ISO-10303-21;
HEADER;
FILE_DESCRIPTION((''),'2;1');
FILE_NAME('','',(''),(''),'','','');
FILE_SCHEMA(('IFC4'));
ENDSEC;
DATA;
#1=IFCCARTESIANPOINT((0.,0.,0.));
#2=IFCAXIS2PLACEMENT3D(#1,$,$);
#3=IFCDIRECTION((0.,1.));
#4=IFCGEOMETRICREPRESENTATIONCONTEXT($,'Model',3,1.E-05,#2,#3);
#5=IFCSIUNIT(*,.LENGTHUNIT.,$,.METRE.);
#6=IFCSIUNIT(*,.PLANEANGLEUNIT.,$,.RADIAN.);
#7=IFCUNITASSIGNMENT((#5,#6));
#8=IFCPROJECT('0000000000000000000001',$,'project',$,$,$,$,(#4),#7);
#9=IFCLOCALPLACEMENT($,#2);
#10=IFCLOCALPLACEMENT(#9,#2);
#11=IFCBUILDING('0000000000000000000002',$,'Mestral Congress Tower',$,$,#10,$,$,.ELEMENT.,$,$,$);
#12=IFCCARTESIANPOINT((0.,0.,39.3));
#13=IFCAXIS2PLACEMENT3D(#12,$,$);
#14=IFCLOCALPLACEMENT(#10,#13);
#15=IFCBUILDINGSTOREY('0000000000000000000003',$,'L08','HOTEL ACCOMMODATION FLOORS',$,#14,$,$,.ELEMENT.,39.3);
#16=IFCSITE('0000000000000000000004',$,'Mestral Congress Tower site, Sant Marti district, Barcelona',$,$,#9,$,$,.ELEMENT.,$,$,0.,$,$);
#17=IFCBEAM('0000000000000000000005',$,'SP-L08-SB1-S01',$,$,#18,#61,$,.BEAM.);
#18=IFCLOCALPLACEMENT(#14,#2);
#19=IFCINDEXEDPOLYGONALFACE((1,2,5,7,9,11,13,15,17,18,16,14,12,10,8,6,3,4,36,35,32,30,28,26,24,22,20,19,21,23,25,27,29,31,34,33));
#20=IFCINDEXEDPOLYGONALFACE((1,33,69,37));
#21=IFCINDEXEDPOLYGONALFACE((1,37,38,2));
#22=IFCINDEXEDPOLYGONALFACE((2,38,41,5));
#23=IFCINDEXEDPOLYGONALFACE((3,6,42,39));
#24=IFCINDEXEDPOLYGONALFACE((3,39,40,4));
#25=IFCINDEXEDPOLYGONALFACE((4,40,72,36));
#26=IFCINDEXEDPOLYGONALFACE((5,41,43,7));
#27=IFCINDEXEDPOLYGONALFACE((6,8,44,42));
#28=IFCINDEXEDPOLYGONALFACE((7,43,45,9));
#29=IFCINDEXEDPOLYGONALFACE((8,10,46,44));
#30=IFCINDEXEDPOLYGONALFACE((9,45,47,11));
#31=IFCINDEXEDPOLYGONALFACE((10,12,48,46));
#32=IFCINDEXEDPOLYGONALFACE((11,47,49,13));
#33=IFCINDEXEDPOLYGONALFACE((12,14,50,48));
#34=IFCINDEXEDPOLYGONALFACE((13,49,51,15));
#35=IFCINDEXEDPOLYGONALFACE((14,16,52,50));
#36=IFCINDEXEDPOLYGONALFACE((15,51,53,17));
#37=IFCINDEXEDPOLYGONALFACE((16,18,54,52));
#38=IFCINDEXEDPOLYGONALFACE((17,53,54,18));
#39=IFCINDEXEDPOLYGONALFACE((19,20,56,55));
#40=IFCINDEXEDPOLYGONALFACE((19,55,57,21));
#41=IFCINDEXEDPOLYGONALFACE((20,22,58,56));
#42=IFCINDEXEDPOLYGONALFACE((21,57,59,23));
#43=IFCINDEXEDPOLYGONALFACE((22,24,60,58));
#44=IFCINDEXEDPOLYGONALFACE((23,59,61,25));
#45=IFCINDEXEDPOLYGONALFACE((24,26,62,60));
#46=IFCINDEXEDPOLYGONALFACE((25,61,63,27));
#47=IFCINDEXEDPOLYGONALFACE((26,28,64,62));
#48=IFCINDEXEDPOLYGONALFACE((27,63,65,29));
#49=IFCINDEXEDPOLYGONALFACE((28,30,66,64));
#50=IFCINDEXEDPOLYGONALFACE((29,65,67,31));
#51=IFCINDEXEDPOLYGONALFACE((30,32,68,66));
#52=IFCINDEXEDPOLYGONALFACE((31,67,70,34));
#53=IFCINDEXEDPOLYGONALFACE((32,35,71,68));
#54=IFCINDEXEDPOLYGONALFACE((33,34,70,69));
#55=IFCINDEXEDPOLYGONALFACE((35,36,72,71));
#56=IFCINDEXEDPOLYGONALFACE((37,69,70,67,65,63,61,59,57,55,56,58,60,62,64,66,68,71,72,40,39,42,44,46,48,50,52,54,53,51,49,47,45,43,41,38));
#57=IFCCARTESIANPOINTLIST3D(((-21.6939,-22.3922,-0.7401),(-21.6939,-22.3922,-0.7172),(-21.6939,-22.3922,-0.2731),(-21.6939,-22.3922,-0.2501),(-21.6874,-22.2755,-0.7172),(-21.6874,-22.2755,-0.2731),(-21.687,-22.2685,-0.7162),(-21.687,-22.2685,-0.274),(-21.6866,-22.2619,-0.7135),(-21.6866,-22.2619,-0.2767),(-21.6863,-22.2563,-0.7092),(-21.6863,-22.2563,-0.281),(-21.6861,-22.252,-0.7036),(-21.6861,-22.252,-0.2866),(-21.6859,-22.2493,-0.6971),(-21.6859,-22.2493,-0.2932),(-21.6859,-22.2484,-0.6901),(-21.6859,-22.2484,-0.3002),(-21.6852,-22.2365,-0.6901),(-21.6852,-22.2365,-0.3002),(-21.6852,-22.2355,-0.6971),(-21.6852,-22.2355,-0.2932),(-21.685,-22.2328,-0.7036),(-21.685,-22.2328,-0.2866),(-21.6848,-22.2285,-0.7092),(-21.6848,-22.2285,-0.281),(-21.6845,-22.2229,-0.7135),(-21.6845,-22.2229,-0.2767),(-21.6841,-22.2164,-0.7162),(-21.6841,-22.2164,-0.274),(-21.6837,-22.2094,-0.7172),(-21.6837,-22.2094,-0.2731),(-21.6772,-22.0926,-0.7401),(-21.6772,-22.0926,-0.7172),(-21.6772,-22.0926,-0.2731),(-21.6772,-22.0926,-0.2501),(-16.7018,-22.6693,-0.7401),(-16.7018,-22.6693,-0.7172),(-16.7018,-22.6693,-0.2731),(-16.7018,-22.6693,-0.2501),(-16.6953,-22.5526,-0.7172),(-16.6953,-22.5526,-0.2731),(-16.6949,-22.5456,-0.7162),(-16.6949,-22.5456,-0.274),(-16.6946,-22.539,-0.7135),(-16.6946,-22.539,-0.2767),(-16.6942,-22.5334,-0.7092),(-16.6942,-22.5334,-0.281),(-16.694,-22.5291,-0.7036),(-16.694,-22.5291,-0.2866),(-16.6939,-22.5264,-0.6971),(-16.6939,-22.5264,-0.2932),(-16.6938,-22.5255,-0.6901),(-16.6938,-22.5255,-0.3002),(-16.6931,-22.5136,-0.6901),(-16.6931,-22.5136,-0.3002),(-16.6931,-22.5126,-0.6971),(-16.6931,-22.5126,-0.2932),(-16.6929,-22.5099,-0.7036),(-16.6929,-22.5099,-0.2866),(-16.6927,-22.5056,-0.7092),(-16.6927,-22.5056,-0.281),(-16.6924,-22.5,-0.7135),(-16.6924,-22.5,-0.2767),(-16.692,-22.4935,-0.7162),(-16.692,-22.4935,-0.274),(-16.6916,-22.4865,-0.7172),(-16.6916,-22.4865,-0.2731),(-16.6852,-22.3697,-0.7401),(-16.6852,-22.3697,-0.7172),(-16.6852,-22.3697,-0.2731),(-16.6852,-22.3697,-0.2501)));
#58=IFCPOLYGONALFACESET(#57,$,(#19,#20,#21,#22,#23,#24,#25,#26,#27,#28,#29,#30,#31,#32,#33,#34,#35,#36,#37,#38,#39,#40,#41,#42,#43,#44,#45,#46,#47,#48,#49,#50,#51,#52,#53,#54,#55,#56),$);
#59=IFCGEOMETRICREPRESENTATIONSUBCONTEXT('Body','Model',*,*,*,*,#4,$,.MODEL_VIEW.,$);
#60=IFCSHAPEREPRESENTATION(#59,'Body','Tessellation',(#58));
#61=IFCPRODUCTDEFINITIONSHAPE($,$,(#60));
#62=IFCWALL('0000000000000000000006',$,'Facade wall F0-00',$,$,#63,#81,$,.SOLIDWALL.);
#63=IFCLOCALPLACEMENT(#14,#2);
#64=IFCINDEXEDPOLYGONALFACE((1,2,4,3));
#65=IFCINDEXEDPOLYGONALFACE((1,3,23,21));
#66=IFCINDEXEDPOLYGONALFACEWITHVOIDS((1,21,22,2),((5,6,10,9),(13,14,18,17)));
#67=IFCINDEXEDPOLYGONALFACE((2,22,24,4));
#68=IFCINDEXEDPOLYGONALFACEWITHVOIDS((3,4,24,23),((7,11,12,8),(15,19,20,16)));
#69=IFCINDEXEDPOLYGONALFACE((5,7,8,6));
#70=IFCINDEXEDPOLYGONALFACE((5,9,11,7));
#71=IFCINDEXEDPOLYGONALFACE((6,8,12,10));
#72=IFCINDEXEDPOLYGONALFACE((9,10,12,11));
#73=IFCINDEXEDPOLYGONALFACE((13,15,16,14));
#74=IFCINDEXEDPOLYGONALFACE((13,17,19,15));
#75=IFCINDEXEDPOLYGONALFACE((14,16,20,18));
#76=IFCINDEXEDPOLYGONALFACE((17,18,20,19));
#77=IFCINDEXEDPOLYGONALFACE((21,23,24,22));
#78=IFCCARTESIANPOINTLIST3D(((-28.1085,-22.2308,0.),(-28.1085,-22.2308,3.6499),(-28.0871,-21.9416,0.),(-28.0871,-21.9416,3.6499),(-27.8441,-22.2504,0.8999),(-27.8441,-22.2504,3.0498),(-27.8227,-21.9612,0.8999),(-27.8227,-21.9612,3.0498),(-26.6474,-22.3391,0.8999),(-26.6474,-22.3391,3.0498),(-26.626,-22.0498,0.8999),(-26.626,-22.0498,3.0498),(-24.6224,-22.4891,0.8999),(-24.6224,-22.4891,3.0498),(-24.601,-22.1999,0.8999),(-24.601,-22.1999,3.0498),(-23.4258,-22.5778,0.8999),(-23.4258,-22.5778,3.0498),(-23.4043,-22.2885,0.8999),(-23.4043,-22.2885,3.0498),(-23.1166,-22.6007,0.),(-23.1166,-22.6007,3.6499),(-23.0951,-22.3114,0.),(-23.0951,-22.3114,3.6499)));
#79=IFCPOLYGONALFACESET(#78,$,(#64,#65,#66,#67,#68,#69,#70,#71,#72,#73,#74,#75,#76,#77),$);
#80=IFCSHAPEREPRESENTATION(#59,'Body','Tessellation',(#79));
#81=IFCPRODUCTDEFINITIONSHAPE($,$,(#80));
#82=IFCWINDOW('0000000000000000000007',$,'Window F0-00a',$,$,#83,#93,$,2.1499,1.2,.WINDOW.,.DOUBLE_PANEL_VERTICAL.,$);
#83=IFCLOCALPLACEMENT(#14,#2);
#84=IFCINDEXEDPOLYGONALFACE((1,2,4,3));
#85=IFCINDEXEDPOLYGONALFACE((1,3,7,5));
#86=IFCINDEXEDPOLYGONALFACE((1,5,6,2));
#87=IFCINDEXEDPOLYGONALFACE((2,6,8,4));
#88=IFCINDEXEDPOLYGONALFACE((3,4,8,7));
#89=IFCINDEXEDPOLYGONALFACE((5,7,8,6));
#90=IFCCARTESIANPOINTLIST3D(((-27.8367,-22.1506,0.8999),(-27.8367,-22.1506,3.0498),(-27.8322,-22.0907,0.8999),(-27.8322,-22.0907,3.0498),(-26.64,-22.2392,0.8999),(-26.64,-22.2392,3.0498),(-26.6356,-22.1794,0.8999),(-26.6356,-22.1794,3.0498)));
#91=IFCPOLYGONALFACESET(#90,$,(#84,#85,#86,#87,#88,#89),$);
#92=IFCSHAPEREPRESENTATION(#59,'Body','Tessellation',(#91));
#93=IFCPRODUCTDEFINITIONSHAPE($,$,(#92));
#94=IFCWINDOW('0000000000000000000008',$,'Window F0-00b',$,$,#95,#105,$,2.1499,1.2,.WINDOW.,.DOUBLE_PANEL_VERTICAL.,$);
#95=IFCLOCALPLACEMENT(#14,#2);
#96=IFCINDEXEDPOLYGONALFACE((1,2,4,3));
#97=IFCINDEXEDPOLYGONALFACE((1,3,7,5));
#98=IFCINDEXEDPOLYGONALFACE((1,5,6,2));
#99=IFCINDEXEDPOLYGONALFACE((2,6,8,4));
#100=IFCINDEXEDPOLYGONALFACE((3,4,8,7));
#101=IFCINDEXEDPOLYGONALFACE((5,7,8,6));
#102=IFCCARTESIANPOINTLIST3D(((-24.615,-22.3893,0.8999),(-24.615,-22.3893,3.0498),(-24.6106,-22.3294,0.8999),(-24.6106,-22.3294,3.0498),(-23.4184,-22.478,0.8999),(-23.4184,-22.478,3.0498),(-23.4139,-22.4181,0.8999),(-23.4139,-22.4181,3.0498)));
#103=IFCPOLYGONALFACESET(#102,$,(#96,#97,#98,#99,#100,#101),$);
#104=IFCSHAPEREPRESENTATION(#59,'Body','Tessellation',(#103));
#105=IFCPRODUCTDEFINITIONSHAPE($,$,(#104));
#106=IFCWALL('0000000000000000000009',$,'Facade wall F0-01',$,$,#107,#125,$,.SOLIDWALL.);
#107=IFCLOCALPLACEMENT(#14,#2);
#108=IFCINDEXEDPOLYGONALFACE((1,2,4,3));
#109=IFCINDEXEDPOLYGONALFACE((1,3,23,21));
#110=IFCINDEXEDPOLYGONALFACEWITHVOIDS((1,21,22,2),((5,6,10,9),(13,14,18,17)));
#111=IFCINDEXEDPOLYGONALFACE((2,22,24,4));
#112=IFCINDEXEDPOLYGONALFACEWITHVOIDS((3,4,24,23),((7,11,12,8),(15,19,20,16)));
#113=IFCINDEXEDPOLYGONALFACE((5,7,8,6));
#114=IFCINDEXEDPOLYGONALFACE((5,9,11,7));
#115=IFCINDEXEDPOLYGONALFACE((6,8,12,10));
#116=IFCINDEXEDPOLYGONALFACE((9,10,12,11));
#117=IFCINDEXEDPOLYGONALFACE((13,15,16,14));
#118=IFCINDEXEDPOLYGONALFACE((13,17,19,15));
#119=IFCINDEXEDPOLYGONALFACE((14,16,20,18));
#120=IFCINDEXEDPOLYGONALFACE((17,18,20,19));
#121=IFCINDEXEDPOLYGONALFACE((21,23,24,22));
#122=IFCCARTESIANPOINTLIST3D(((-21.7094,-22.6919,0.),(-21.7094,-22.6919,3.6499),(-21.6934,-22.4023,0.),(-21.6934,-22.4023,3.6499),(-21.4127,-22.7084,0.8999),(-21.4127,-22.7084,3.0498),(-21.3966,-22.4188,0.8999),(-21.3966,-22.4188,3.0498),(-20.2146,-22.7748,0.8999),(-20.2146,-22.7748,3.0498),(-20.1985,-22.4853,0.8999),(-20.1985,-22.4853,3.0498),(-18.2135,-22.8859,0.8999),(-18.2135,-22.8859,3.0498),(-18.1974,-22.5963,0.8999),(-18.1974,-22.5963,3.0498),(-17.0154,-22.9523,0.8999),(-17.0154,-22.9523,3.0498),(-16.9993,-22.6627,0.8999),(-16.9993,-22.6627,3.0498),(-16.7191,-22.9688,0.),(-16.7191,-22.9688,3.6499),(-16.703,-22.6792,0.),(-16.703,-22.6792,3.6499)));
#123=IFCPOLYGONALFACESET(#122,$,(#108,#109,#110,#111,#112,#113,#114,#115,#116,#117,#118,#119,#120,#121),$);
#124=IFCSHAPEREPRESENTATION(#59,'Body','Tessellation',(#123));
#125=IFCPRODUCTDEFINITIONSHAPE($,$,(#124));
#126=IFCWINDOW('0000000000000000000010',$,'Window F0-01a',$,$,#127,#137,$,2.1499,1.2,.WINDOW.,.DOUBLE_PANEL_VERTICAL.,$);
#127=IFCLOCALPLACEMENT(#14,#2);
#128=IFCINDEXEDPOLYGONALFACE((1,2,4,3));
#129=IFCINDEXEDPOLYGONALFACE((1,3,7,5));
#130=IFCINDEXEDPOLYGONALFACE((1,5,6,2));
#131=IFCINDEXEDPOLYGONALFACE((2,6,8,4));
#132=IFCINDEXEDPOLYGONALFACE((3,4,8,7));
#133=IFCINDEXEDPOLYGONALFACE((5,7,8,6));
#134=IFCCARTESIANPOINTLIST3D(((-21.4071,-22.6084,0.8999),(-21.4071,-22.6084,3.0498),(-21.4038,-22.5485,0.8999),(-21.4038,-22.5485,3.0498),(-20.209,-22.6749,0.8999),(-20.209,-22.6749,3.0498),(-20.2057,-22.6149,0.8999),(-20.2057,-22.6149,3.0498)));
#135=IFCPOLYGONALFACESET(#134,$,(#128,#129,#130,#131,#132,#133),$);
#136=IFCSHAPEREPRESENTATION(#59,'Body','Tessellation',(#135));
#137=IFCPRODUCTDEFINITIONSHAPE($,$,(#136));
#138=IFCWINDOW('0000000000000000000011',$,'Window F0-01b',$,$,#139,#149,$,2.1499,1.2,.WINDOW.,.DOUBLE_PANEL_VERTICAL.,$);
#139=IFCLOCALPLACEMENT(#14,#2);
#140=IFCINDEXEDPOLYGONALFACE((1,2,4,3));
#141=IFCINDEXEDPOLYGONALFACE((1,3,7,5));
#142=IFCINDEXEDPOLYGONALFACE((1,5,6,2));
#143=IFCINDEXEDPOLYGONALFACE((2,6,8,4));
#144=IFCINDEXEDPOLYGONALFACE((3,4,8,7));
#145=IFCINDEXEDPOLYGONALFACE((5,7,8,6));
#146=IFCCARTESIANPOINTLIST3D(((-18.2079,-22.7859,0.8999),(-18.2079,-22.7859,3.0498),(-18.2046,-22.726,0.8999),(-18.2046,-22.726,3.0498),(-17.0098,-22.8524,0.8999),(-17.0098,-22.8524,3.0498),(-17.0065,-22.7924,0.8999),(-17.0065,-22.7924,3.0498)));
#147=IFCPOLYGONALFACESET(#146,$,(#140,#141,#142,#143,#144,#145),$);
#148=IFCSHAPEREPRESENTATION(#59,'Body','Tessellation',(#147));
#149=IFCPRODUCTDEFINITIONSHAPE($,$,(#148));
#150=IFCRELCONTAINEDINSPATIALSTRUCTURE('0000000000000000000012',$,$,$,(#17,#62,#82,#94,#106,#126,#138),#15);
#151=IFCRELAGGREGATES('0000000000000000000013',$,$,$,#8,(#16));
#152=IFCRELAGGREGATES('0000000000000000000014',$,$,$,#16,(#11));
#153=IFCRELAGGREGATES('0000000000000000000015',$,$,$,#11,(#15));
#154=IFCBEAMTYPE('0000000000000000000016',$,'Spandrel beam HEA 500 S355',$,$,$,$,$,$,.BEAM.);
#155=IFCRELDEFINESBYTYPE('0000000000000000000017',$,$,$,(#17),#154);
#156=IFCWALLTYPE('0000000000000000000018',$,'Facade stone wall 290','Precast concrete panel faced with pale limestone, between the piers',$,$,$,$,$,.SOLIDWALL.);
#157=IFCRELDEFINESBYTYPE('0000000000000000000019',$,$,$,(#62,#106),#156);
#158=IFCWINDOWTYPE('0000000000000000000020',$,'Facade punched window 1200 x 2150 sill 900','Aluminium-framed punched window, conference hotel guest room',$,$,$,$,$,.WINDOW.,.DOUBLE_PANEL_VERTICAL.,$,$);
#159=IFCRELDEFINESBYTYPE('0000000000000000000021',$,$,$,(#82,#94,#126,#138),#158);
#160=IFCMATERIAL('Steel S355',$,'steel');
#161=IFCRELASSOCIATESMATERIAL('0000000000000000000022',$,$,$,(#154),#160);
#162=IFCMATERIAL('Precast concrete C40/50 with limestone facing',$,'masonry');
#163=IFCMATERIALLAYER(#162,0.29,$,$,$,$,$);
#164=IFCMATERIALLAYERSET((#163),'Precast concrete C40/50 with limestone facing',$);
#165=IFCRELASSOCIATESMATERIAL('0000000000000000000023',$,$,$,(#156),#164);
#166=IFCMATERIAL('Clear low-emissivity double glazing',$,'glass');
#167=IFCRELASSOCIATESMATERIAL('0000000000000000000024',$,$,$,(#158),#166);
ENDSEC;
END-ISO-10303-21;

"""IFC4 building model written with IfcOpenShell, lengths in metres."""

from ifc_helpers import new_model, si_unit, direction, frame, frame_2d, origin, origin_2d, place, context, subcontext, project, spatial, rectangle, i_section, extrude, material, layer, layer_set, material_profile, profile_set, type_object, element, fill, save


model = new_model("IFC4")

# Units and contexts
model_context = context("Model", 3, precision=1e-05, world=origin(), true_north=direction((0.0, 1.0)))
body_context = subcontext(model_context, "Body", "Model", "MODEL_VIEW")
ifc_project = project(units=[si_unit("LENGTHUNIT", "METRE"), si_unit("PLANEANGLEUNIT", "RADIAN")], contexts=[model_context])

# Site, building, storey
site_placement = place(None, origin())
site = spatial("IfcSite", under=ifc_project, at=site_placement, Name="Mestral Congress Tower site, Sant Marti district, Barcelona", CompositionType="ELEMENT", RefElevation=0.0)
building_placement = place(site_placement, origin())
building = spatial("IfcBuilding", under=site, at=building_placement, Name="Mestral Congress Tower", CompositionType="ELEMENT")
storey_placement = place(building_placement, frame((0.0, 0.0, 39.3)))
storey = spatial("IfcBuildingStorey", under=building, at=storey_placement, Name="L08", Description="HOTEL ACCOMMODATION FLOORS", CompositionType="ELEMENT", Elevation=39.3)

# Beam
ifc_material_1 = material(Name="Steel S355", Category="steel")
ifc_material_profile_1 = material_profile(ifc_material_1, i_section(OverallWidth=0.3, OverallDepth=0.49, WebThickness=0.012, FlangeThickness=0.0229, FilletRadius=0.0271, at=origin_2d()), Name="HEA 500")
ifc_profile_set_1 = profile_set([ifc_material_profile_1], Name="Steel S355")
beam_type_1 = type_object("IfcBeamType", Name="Spandrel beam HEA 500 S355", PredefinedType="BEAM", material=ifc_profile_set_1)
beam_1_placement = place(storey_placement, frame((-21.6855, -22.2424, -0.4951), z_axis=(0.998463, -0.055421, 0.0), x_axis=(0.055421, 0.998463, 0.0)))
element("IfcBeam", 1, at=beam_1_placement, inside=storey, type_object=beam_type_1, Name="SP-L08-SB1-S01", PredefinedType="BEAM", context=body_context, shape_type="SweptSolid", body=[
    extrude(i_section(OverallWidth=0.3, OverallDepth=0.49, WebThickness=0.012, FlangeThickness=0.0229, FilletRadius=0.0271, at=origin_2d()), origin(), (0.0, 0.0, 1.0), 4.9998),
])

# Walls, openings, windows
ifc_material_2 = material(Name="Precast concrete C40/50 with limestone facing", Category="masonry")
ifc_layer_1 = layer(ifc_material_2, 0.29)
ifc_layer_set_1 = layer_set([ifc_layer_1], Name="Precast concrete C40/50 with limestone facing")
wall_type_1 = type_object("IfcWallType", Name="Facade stone wall 290", Description="Precast concrete panel faced with pale limestone, between the piers", PredefinedType="SOLIDWALL", material=ifc_layer_set_1)
wall_1_placement = place(storey_placement, frame((-28.0979, -22.0862, 0.0), z_axis=(0.0, 0.0, 1.0), x_axis=(0.997266, -0.073891, 0.0)))
wall_1 = element("IfcWall", 2, at=wall_1_placement, inside=storey, type_object=wall_type_1, Name="Facade wall F0-00", PredefinedType="SOLIDWALL", context=body_context, shape_type="SweptSolid", body=[
    extrude(rectangle(XDim=5.0056, YDim=0.29, at=frame_2d((2.5029, 0.0))), origin(), (0.0, 0.0, 1.0), 3.6499),
])
opening_1_placement = place(wall_1_placement, frame((0.2651, 0.0, 0.8999)))
opening_1 = element("IfcOpeningElement", 3, at=opening_1_placement, cuts=wall_1, PredefinedType="OPENING", context=body_context, shape_type="SweptSolid", body=[
    extrude(rectangle(XDim=1.2, YDim=2.1499, at=frame_2d((0.6001, 1.075))), frame((0.0, 0.155, 0.0), z_axis=(0.0, -1.0, 0.0), x_axis=(1.0, 0.0, 0.0)), (0.0, 0.0, 1.0), 0.3101),
])
opening_2_placement = place(wall_1_placement, frame((3.4956, 0.0, 0.8999)))
opening_2 = element("IfcOpeningElement", 4, at=opening_2_placement, cuts=wall_1, PredefinedType="OPENING", context=body_context, shape_type="SweptSolid", body=[
    extrude(rectangle(XDim=1.2, YDim=2.1499, at=frame_2d((0.6001, 1.075))), frame((0.0, 0.155, 0.0), z_axis=(0.0, -1.0, 0.0), x_axis=(1.0, 0.0, 0.0)), (0.0, 0.0, 1.0), 0.3101),
])
ifc_material_3 = material(Name="Clear low-emissivity double glazing", Category="glass")
window_type = type_object("IfcWindowType", Name="Facade punched window 1200 x 2150 sill 900", Description="Aluminium-framed punched window, conference hotel guest room", PartitioningType="DOUBLE_PANEL_VERTICAL", PredefinedType="WINDOW", material=ifc_material_3)
window_1_placement = place(opening_1_placement, origin())
window_1 = element("IfcWindow", 5, at=window_1_placement, inside=storey, type_object=window_type, Name="Window F0-00a", OverallHeight=2.1499, OverallWidth=1.2, PartitioningType="DOUBLE_PANEL_VERTICAL", PredefinedType="WINDOW", context=body_context, shape_type="SweptSolid", body=[
    extrude(rectangle(XDim=1.2, YDim=2.1499, at=frame_2d((0.6001, 1.075))), frame((0.0, 0.0151, 0.0), z_axis=(0.0, -1.0, 0.0), x_axis=(1.0, 0.0, 0.0)), (0.0, 0.0, 1.0), 0.0601),
])
fill(opening_1, window_1)
window_2_placement = place(opening_2_placement, origin())
window_2 = element("IfcWindow", 6, at=window_2_placement, inside=storey, type_object=window_type, Name="Window F0-00b", OverallHeight=2.1499, OverallWidth=1.2, PartitioningType="DOUBLE_PANEL_VERTICAL", PredefinedType="WINDOW", context=body_context, shape_type="SweptSolid", body=[
    extrude(rectangle(XDim=1.2, YDim=2.1499, at=frame_2d((0.6001, 1.075))), frame((0.0, 0.0151, 0.0), z_axis=(0.0, -1.0, 0.0), x_axis=(1.0, 0.0, 0.0)), (0.0, 0.0, 1.0), 0.0601),
])
fill(opening_2, window_2)
wall_2_placement = place(storey_placement, frame((-21.7014, -22.5471, 0.0), z_axis=(0.0, 0.0, 1.0), x_axis=(0.998465, -0.055392, 0.0)))
wall_2 = element("IfcWall", 7, at=wall_2_placement, inside=storey, type_object=wall_type_1, Name="Facade wall F0-01", PredefinedType="SOLIDWALL", context=body_context, shape_type="SweptSolid", body=[
    extrude(rectangle(XDim=4.998, YDim=0.29, at=frame_2d((2.499, 0.0))), origin(), (0.0, 0.0, 1.0), 3.6499),
])
opening_3_placement = place(wall_2_placement, frame((0.2971, 0.0, 0.8999)))
opening_3 = element("IfcOpeningElement", 8, at=opening_3_placement, cuts=wall_2, PredefinedType="OPENING", context=body_context, shape_type="SweptSolid", body=[
    extrude(rectangle(XDim=1.2, YDim=2.1499, at=frame_2d((0.6001, 1.075))), frame((0.0, 0.155, 0.0), z_axis=(0.0, -1.0, 0.0), x_axis=(1.0, 0.0, 0.0)), (0.0, 0.0, 1.0), 0.3101),
])
opening_4_placement = place(wall_2_placement, frame((3.5012, 0.0, 0.8999)))
opening_4 = element("IfcOpeningElement", 9, at=opening_4_placement, cuts=wall_2, PredefinedType="OPENING", context=body_context, shape_type="SweptSolid", body=[
    extrude(rectangle(XDim=1.2, YDim=2.1499, at=frame_2d((0.6001, 1.075))), frame((0.0, 0.155, 0.0), z_axis=(0.0, -1.0, 0.0), x_axis=(1.0, 0.0, 0.0)), (0.0, 0.0, 1.0), 0.3101),
])
window_3_placement = place(opening_3_placement, origin())
window_3 = element("IfcWindow", 10, at=window_3_placement, inside=storey, type_object=window_type, Name="Window F0-01a", OverallHeight=2.1499, OverallWidth=1.2, PartitioningType="DOUBLE_PANEL_VERTICAL", PredefinedType="WINDOW", context=body_context, shape_type="SweptSolid", body=[
    extrude(rectangle(XDim=1.2, YDim=2.1499, at=frame_2d((0.6001, 1.075))), frame((0.0, 0.0151, 0.0), z_axis=(0.0, -1.0, 0.0), x_axis=(1.0, 0.0, 0.0)), (0.0, 0.0, 1.0), 0.0601),
])
fill(opening_3, window_3)
window_4_placement = place(opening_4_placement, origin())
window_4 = element("IfcWindow", 11, at=window_4_placement, inside=storey, type_object=window_type, Name="Window F0-01b", OverallHeight=2.1499, OverallWidth=1.2, PartitioningType="DOUBLE_PANEL_VERTICAL", PredefinedType="WINDOW", context=body_context, shape_type="SweptSolid", body=[
    extrude(rectangle(XDim=1.2, YDim=2.1499, at=frame_2d((0.6001, 1.075))), frame((0.0, 0.0151, 0.0), z_axis=(0.0, -1.0, 0.0), x_axis=(1.0, 0.0, 0.0)), (0.0, 0.0, 1.0), 0.0601),
])
fill(opening_4, window_4)

save(model, "model.ifc")
